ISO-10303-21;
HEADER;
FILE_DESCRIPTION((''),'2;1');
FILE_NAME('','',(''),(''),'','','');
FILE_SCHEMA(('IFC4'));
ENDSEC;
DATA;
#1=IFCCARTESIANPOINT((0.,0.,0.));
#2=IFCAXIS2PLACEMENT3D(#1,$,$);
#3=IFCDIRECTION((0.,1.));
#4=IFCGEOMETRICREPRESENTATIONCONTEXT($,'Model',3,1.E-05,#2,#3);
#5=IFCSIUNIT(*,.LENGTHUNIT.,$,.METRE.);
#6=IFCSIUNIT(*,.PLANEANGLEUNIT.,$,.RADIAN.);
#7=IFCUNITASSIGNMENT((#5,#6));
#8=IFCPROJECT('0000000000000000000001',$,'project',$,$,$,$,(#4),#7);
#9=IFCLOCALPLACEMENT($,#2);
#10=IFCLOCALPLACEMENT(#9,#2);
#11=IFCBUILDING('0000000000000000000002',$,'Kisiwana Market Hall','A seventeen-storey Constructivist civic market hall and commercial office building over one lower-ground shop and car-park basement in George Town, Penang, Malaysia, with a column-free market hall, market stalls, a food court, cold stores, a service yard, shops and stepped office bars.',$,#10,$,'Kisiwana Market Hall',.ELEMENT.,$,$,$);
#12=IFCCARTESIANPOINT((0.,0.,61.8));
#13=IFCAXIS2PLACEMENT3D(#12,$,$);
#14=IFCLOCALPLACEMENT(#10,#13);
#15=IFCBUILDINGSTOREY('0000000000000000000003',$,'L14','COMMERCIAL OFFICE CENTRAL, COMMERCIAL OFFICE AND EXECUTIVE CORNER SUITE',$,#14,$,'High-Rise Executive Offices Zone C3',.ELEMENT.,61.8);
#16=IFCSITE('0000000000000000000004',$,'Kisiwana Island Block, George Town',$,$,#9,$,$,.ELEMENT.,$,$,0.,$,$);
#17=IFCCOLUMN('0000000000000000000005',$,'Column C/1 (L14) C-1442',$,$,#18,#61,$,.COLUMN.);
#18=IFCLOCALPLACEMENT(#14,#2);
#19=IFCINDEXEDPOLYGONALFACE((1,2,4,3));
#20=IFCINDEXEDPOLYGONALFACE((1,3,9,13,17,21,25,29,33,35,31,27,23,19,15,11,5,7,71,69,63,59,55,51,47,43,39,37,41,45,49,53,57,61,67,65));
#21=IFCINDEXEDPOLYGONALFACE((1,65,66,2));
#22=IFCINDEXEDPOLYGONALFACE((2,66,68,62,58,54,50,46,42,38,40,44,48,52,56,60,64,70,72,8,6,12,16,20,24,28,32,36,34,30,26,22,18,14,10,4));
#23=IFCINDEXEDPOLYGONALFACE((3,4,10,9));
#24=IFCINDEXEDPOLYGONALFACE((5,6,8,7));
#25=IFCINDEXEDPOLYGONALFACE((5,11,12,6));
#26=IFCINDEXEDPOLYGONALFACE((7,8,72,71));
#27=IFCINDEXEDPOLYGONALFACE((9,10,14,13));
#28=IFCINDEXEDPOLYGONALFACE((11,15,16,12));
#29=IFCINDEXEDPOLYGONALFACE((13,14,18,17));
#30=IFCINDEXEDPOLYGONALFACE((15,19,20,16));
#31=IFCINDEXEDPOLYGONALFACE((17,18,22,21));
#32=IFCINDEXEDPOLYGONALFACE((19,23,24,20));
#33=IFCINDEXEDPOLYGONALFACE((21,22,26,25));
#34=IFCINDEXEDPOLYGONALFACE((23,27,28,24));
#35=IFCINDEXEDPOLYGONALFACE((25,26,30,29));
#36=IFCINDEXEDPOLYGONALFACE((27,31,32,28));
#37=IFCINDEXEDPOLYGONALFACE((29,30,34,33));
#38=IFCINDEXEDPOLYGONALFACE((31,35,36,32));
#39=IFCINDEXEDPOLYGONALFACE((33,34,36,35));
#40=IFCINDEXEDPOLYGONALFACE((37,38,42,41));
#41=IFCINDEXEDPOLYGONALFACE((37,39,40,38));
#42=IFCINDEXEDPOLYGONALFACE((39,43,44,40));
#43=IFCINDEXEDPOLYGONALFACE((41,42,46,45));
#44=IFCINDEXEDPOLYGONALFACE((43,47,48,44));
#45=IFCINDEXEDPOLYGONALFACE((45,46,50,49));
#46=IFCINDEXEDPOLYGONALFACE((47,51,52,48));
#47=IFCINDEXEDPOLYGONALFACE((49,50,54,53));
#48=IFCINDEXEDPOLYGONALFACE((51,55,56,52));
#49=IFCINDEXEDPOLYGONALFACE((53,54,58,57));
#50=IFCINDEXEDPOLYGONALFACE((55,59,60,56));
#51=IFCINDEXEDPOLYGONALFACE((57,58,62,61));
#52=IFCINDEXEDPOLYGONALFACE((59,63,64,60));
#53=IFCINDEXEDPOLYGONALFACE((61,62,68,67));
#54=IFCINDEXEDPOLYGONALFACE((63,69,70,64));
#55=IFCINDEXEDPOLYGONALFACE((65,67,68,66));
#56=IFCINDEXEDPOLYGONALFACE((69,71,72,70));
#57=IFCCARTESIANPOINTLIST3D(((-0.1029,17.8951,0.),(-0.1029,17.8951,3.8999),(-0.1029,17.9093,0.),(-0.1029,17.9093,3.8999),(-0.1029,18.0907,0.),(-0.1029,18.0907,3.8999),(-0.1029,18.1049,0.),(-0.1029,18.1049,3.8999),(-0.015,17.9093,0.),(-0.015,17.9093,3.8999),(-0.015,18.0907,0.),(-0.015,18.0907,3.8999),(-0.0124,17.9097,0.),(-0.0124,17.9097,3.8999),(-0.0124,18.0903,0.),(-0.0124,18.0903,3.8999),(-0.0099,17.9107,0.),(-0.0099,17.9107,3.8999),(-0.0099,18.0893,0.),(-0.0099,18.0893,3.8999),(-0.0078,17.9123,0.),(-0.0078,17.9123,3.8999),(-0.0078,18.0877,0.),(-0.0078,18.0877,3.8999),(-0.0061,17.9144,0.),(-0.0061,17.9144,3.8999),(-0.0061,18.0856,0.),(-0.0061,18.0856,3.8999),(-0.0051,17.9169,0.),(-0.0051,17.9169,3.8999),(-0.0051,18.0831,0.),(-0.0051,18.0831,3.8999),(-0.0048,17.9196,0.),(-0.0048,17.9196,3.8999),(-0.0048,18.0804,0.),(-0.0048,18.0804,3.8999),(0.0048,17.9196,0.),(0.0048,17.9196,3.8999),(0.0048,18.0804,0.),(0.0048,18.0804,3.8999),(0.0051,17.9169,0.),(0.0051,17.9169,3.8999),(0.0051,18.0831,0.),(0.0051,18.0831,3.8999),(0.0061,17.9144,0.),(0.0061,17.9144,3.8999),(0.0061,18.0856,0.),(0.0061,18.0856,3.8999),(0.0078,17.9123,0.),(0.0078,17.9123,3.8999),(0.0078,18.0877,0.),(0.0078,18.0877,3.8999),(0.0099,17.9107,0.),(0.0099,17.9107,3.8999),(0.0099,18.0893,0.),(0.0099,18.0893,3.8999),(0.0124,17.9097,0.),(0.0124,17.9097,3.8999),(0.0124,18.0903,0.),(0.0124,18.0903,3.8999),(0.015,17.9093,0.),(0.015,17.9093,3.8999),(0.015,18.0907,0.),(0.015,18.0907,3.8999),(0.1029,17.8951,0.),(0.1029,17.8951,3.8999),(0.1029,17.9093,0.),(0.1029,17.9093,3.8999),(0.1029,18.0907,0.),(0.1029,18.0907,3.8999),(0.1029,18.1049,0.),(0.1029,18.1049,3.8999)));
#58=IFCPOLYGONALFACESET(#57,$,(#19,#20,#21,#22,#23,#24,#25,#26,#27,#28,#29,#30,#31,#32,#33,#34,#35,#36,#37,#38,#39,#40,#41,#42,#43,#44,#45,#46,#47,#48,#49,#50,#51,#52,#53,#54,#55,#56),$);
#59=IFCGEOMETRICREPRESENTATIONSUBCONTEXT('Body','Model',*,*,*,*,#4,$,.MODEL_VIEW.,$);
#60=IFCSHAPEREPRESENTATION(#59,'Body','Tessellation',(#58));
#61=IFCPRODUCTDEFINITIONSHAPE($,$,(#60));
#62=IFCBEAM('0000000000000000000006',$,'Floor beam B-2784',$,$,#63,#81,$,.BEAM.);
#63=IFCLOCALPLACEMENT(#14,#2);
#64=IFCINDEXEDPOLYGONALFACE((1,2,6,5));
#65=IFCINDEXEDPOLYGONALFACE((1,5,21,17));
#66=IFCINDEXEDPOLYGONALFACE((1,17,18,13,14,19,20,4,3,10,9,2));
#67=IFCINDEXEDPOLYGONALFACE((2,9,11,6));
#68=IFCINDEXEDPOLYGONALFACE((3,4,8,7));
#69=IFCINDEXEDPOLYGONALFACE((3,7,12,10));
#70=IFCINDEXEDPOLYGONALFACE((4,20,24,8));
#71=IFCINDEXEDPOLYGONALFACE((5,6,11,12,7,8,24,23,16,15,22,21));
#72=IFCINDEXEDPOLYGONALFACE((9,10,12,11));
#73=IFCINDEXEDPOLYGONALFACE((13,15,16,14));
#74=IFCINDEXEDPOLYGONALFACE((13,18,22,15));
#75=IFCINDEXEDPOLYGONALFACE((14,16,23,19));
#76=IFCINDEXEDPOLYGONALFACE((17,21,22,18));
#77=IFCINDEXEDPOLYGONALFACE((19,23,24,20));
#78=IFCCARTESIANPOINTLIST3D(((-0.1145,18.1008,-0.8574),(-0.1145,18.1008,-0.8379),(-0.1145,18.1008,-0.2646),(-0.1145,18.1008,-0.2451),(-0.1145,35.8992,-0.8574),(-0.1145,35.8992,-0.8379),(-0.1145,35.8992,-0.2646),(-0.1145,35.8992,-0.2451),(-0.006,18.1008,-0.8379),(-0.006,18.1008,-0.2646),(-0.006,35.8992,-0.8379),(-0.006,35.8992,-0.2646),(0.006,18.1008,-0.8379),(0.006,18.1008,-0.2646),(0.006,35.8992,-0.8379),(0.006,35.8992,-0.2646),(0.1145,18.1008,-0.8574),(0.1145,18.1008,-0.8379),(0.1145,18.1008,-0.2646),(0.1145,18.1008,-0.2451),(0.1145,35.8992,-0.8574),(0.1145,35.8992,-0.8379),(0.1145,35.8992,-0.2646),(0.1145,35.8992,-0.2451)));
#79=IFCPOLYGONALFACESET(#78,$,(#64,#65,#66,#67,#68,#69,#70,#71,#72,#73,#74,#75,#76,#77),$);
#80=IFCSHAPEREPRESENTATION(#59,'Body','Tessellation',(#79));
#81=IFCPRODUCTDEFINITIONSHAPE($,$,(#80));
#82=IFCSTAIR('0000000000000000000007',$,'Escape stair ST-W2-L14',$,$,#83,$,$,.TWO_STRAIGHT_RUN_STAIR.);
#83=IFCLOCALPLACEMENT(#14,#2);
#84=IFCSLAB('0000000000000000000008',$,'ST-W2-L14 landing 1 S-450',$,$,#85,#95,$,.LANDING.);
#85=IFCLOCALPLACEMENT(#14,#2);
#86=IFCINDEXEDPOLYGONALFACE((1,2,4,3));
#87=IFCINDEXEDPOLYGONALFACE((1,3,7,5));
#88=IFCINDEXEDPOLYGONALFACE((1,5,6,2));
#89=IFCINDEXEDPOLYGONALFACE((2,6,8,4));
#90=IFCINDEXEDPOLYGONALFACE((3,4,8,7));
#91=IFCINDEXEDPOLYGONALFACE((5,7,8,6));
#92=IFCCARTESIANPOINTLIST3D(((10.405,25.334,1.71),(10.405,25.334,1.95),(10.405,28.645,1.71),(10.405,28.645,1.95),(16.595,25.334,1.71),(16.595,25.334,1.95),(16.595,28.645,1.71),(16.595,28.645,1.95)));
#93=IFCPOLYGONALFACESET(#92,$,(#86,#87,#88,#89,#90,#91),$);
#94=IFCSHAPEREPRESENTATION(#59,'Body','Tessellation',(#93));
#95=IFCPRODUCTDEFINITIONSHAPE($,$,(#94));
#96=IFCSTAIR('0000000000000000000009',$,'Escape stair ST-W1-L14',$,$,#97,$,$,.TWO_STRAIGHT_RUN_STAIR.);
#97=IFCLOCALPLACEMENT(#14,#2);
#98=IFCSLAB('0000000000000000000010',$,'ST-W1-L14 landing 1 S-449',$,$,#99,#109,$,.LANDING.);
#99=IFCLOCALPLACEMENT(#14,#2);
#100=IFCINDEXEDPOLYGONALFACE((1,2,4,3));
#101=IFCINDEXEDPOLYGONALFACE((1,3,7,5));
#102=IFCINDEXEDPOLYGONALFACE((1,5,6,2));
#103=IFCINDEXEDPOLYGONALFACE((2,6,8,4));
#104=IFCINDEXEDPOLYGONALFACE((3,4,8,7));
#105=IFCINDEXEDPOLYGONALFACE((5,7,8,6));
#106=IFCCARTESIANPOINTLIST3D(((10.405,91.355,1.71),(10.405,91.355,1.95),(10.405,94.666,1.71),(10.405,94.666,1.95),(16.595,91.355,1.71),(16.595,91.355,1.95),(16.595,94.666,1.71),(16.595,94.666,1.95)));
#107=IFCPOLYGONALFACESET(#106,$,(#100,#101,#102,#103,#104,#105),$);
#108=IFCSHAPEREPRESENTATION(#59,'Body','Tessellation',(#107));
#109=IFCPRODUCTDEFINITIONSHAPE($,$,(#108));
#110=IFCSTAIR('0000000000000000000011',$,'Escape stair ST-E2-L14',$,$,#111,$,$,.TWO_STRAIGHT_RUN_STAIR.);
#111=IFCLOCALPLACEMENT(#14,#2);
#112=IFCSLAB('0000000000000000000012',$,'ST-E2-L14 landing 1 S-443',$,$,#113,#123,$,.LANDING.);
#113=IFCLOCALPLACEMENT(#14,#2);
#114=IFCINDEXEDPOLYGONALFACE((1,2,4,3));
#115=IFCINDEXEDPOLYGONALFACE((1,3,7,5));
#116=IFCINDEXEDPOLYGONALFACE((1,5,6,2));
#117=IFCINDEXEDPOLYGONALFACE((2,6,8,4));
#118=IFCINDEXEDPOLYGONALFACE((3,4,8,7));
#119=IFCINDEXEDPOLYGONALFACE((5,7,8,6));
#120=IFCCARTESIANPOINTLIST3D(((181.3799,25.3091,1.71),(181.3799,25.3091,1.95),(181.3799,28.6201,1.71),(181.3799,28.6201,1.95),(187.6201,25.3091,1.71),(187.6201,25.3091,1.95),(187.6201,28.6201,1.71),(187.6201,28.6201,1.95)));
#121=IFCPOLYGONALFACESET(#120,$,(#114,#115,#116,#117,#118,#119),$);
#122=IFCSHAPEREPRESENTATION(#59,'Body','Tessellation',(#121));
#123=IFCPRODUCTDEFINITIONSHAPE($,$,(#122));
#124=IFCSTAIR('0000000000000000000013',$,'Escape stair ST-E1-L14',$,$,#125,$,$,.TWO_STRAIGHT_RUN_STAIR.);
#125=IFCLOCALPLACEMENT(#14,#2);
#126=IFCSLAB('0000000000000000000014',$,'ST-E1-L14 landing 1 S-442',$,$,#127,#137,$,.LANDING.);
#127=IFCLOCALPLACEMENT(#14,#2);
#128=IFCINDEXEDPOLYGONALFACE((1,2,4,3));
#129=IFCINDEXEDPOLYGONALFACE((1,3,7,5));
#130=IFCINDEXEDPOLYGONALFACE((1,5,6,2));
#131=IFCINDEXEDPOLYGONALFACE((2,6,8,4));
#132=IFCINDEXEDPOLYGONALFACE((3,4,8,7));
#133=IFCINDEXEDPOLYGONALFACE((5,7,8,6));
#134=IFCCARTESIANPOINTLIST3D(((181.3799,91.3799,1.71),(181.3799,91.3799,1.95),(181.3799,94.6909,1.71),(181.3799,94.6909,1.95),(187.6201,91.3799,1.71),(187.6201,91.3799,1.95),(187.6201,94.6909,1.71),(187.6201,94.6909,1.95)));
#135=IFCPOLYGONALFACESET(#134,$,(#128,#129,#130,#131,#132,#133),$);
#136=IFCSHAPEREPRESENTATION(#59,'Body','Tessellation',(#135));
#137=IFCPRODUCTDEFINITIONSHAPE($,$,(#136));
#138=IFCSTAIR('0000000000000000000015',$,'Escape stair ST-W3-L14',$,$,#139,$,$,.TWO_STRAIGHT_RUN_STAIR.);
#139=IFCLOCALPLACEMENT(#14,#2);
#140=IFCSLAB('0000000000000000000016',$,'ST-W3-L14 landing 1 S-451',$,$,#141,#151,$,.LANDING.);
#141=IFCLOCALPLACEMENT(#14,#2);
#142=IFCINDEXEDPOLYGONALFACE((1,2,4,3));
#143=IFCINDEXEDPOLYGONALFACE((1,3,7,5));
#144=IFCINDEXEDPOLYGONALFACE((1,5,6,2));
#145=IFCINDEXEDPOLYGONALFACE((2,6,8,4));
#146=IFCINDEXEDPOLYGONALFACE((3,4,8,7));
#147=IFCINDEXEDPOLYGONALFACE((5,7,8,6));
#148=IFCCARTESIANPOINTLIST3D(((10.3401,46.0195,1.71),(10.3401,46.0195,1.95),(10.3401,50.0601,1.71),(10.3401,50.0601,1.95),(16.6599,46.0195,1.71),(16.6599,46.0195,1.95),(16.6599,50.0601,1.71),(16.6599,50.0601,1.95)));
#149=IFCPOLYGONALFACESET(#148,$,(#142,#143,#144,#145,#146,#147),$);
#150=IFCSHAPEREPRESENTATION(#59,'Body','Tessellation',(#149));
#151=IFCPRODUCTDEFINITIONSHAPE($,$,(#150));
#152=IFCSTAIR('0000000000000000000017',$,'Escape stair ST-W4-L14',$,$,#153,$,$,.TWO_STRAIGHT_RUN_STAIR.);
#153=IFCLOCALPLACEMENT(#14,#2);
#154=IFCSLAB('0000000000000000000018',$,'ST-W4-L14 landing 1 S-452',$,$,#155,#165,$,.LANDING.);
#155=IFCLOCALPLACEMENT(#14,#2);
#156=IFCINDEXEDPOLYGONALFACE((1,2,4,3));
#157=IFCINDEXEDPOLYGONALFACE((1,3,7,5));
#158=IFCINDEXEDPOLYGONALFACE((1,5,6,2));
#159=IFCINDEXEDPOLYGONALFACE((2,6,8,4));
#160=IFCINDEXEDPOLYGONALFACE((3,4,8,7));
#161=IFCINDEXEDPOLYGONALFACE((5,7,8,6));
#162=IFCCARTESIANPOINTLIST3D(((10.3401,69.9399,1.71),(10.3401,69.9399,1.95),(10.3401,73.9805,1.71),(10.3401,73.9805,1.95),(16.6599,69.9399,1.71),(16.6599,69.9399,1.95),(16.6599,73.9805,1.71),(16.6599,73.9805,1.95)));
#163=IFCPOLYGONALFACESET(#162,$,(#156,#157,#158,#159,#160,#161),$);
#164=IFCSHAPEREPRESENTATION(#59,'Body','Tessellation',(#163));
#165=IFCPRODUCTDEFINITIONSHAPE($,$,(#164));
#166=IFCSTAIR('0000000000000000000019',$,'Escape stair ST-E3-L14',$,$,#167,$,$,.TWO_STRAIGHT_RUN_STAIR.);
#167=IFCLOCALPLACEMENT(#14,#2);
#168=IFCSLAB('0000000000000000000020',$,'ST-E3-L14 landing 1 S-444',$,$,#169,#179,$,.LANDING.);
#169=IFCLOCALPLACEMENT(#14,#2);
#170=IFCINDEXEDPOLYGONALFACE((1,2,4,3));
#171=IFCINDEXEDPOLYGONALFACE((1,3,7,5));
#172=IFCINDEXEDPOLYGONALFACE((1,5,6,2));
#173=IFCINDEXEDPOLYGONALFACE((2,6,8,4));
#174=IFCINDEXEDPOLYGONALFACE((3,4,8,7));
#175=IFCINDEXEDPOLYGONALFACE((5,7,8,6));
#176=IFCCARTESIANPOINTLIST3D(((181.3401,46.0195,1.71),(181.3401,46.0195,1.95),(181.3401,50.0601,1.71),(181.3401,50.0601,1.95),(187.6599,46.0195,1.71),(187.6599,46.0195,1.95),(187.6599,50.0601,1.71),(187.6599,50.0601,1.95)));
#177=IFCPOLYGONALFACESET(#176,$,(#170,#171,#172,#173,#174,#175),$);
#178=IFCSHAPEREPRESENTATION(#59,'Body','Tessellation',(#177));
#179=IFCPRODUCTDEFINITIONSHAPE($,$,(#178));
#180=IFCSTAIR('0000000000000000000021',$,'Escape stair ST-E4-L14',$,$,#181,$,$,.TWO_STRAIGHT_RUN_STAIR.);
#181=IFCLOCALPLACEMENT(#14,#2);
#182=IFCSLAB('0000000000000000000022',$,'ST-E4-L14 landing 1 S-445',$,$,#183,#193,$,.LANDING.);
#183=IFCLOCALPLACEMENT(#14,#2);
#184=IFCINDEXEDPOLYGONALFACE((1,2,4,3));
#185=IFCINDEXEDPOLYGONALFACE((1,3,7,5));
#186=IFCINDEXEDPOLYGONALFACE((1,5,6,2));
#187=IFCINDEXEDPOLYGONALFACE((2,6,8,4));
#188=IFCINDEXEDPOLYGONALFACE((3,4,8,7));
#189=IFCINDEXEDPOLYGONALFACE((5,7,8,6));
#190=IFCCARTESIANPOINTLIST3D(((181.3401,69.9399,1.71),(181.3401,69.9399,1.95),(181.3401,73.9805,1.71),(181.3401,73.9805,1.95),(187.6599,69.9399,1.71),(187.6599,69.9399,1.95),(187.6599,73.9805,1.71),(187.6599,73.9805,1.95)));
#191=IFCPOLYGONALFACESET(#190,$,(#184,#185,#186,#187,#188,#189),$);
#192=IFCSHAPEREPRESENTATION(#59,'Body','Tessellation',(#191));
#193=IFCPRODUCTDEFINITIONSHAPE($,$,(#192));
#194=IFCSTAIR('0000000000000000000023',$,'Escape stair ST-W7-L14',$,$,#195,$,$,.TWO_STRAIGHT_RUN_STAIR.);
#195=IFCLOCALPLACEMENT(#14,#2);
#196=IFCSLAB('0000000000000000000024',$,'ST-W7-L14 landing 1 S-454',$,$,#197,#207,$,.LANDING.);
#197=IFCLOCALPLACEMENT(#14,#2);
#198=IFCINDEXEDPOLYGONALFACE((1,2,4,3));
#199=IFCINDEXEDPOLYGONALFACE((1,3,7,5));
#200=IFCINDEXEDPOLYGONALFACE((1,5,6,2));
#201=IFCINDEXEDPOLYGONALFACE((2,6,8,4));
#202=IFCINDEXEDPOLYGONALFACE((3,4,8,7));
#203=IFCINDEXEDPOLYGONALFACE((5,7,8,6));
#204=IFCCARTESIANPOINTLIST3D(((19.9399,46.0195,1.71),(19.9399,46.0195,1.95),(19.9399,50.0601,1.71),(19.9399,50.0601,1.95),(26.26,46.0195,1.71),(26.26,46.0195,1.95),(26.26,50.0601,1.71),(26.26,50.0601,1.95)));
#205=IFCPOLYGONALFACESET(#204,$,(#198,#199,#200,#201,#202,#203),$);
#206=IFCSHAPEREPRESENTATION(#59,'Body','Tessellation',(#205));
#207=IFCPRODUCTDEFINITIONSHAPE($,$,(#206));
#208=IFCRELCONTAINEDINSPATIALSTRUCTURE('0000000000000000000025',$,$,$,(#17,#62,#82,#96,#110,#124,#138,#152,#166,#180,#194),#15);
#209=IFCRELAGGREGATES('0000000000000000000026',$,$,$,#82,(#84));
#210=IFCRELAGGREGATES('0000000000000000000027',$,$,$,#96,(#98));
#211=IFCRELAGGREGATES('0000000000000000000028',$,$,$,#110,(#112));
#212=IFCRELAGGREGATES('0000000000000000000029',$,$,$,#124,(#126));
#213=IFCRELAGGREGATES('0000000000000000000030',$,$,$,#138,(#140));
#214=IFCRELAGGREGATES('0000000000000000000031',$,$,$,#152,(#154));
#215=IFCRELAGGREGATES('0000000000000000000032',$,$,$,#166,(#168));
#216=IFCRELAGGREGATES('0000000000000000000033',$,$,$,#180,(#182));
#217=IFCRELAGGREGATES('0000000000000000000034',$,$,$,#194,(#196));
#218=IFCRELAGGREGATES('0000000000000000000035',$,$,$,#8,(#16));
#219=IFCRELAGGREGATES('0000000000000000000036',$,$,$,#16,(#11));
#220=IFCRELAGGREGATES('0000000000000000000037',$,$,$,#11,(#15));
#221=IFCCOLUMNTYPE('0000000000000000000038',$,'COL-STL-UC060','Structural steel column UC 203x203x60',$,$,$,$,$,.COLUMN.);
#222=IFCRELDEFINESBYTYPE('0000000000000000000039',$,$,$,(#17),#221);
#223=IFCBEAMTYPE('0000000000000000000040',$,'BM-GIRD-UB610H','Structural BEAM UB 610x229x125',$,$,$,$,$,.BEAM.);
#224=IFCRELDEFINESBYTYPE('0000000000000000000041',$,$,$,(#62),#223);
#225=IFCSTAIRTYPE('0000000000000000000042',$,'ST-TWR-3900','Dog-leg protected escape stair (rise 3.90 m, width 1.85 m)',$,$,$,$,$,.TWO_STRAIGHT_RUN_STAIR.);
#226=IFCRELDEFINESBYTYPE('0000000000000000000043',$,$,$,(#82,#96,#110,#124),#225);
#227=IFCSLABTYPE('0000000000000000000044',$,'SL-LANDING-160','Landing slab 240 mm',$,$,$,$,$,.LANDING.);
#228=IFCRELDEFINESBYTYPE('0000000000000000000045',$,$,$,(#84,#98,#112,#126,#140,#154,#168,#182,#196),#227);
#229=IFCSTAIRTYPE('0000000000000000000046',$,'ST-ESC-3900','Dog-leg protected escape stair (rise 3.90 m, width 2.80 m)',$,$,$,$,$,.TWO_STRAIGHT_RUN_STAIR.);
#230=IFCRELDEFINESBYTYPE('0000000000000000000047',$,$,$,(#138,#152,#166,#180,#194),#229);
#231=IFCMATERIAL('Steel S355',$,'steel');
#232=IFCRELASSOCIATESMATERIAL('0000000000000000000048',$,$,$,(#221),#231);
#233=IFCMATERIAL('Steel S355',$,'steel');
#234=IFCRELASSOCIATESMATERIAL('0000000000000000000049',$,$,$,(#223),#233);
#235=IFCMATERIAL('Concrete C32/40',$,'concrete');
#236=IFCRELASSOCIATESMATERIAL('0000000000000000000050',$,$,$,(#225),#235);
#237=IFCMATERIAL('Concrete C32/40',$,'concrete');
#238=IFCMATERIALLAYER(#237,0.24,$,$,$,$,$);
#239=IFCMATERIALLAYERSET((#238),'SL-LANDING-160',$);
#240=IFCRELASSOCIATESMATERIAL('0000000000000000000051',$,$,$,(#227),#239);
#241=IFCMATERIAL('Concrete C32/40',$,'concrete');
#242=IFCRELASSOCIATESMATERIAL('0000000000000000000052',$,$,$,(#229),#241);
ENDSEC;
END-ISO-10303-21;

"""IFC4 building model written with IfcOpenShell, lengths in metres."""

from ifc_helpers import new_model, si_unit, direction, frame, origin, origin_2d, place, context, subcontext, project, spatial, polyline, i_section, outline, extrude, material, layer, layer_set, material_profile, profile_set, type_object, element, aggregate, save


model = new_model("IFC4")

# Units and contexts
model_context = context("Model", 3, precision=1e-05, world=origin(), true_north=direction((0.0, 1.0)))
body_context = subcontext(model_context, "Body", "Model", "MODEL_VIEW")
ifc_project = project(units=[si_unit("LENGTHUNIT", "METRE"), si_unit("PLANEANGLEUNIT", "RADIAN")], contexts=[model_context])

# Site, building, storey
site_placement = place(None, origin())
site = spatial("IfcSite", under=ifc_project, at=site_placement, Name="Kisiwana Island Block, George Town", CompositionType="ELEMENT", RefElevation=0.0)
building_placement = place(site_placement, origin())
building = spatial("IfcBuilding", under=site, at=building_placement, Name="Kisiwana Market Hall", Description="A seventeen-storey Constructivist civic market hall and commercial office building over one lower-ground shop and car-park basement in George Town, Penang, Malaysia, with a column-free market hall, market stalls, a food court, cold stores, a service yard, shops and stepped office bars.", LongName="Kisiwana Market Hall", CompositionType="ELEMENT")
storey_placement = place(building_placement, frame((0.0, 0.0, 61.8)))
storey = spatial("IfcBuildingStorey", under=building, at=storey_placement, Name="L14", Description="COMMERCIAL OFFICE CENTRAL, COMMERCIAL OFFICE AND EXECUTIVE CORNER SUITE", LongName="High-Rise Executive Offices Zone C3", CompositionType="ELEMENT", Elevation=61.8)

# Column
ifc_material_1 = material(Name="Steel S355", Category="steel")
ifc_material_profile_1 = material_profile(ifc_material_1, i_section(OverallWidth=0.2058, OverallDepth=0.2097, WebThickness=0.0095, FlangeThickness=0.0142, FilletRadius=0.0103, at=origin_2d()), Name="UC 203x203x60")
ifc_profile_set_1 = profile_set([ifc_material_profile_1], Name="Steel S355")
column_type = type_object("IfcColumnType", Name="COL-STL-UC060", Description="Structural steel column UC 203x203x60", PredefinedType="COLUMN", material=ifc_profile_set_1)
column_placement = place(storey_placement, frame((0.0, 18.0, 0.0), z_axis=(0.0, 0.0, 1.0), x_axis=(1.0, 0.0, 0.0)))
element("IfcColumn", 1, at=column_placement, inside=storey, type_object=column_type, Name="Column C/1 (L14) C-1442", PredefinedType="COLUMN", context=body_context, shape_type="SweptSolid", body=[
    extrude(i_section(OverallWidth=0.2058, OverallDepth=0.2097, WebThickness=0.0095, FlangeThickness=0.0142, FilletRadius=0.0103, at=origin_2d()), origin(), (0.0, 0.0, 1.0), 3.8999),
])

# Beam
ifc_material_2 = material(Name="Steel S355", Category="steel")
ifc_material_profile_2 = material_profile(ifc_material_2, i_section(OverallWidth=0.229, OverallDepth=0.6123, WebThickness=0.012, FlangeThickness=0.0195, at=origin_2d()), Name="UB 610x229x125")
ifc_profile_set_2 = profile_set([ifc_material_profile_2], Name="Steel S355")
beam_type = type_object("IfcBeamType", Name="BM-GIRD-UB610H", Description="Structural BEAM UB 610x229x125", PredefinedType="BEAM", material=ifc_profile_set_2)
beam_placement = place(storey_placement, frame((0.0, 18.1008, -0.5513), z_axis=(0.0, 1.0, 0.0), x_axis=(-1.0, 0.0, 0.0)))
element("IfcBeam", 2, at=beam_placement, inside=storey, type_object=beam_type, Name="Floor beam B-2784", PredefinedType="BEAM", context=body_context, shape_type="SweptSolid", body=[
    extrude(i_section(OverallWidth=0.229, OverallDepth=0.6123, WebThickness=0.012, FlangeThickness=0.0195, at=origin_2d()), origin(), (0.0, 0.0, 1.0), 17.7983),
])

# Stairs, slabs
ifc_material_3 = material(Name="Concrete C32/40", Category="concrete")
stair_type_1 = type_object("IfcStairType", Name="ST-TWR-3900", Description="Dog-leg protected escape stair (rise 3.90 m, width 1.85 m)", PredefinedType="TWO_STRAIGHT_RUN_STAIR", material=ifc_material_3)
stair_1_placement = place(storey_placement, origin())
stair_1 = element("IfcStair", 3, at=stair_1_placement, inside=storey, type_object=stair_type_1, Name="Escape stair ST-W2-L14", PredefinedType="TWO_STRAIGHT_RUN_STAIR")
ifc_material_4 = material(Name="Concrete C32/40", Category="concrete")
ifc_layer_1 = layer(ifc_material_4, 0.24)
ifc_layer_set_1 = layer_set([ifc_layer_1], Name="SL-LANDING-160")
slab_type_1 = type_object("IfcSlabType", Name="SL-LANDING-160", Description="Landing slab 240 mm", PredefinedType="LANDING", material=ifc_layer_set_1)
slab_1_placement = place(storey_placement, frame((0.0, 0.0, 1.71)))
slab_1 = element("IfcSlab", 4, at=slab_1_placement, type_object=slab_type_1, Name="ST-W2-L14 landing 1 S-450", PredefinedType="LANDING", context=body_context, shape_type="SweptSolid", body=[
    extrude(outline(polyline([(10.405, 25.334), (16.595, 25.334), (16.595, 28.645), (10.405, 28.645), (10.405, 25.334)])), origin(), (0.0, 0.0, 1.0), 0.24),
])
aggregate(stair_1, [slab_1])
stair_2_placement = place(storey_placement, origin())
stair_2 = element("IfcStair", 5, at=stair_2_placement, inside=storey, type_object=stair_type_1, Name="Escape stair ST-W1-L14", PredefinedType="TWO_STRAIGHT_RUN_STAIR")
slab_2_placement = place(storey_placement, frame((0.0, 0.0, 1.71)))
slab_2 = element("IfcSlab", 6, at=slab_2_placement, type_object=slab_type_1, Name="ST-W1-L14 landing 1 S-449", PredefinedType="LANDING", context=body_context, shape_type="SweptSolid", body=[
    extrude(outline(polyline([(10.405, 91.355), (16.595, 91.355), (16.595, 94.666), (10.405, 94.666), (10.405, 91.355)])), origin(), (0.0, 0.0, 1.0), 0.24),
])
aggregate(stair_2, [slab_2])
stair_3_placement = place(storey_placement, origin())
stair_3 = element("IfcStair", 7, at=stair_3_placement, inside=storey, type_object=stair_type_1, Name="Escape stair ST-E2-L14", PredefinedType="TWO_STRAIGHT_RUN_STAIR")
slab_3_placement = place(storey_placement, frame((0.0, 0.0, 1.71)))
slab_3 = element("IfcSlab", 8, at=slab_3_placement, type_object=slab_type_1, Name="ST-E2-L14 landing 1 S-443", PredefinedType="LANDING", context=body_context, shape_type="SweptSolid", body=[
    extrude(outline(polyline([(181.3799, 25.3091), (187.6201, 25.3091), (187.6201, 28.6201), (181.3799, 28.6201), (181.3799, 25.3091)])), origin(), (0.0, 0.0, 1.0), 0.24),
])
aggregate(stair_3, [slab_3])
stair_4_placement = place(storey_placement, origin())
stair_4 = element("IfcStair", 9, at=stair_4_placement, inside=storey, type_object=stair_type_1, Name="Escape stair ST-E1-L14", PredefinedType="TWO_STRAIGHT_RUN_STAIR")
slab_4_placement = place(storey_placement, frame((0.0, 0.0, 1.71)))
slab_4 = element("IfcSlab", 10, at=slab_4_placement, type_object=slab_type_1, Name="ST-E1-L14 landing 1 S-442", PredefinedType="LANDING", context=body_context, shape_type="SweptSolid", body=[
    extrude(outline(polyline([(181.3799, 91.3799), (187.6201, 91.3799), (187.6201, 94.6909), (181.3799, 94.6909), (181.3799, 91.3799)])), origin(), (0.0, 0.0, 1.0), 0.24),
])
aggregate(stair_4, [slab_4])
ifc_material_5 = material(Name="Concrete C32/40", Category="concrete")
stair_type_2 = type_object("IfcStairType", Name="ST-ESC-3900", Description="Dog-leg protected escape stair (rise 3.90 m, width 2.80 m)", PredefinedType="TWO_STRAIGHT_RUN_STAIR", material=ifc_material_5)
stair_5_placement = place(storey_placement, origin())
stair_5 = element("IfcStair", 11, at=stair_5_placement, inside=storey, type_object=stair_type_2, Name="Escape stair ST-W3-L14", PredefinedType="TWO_STRAIGHT_RUN_STAIR")
slab_5_placement = place(storey_placement, frame((0.0, 0.0, 1.71)))
slab_5 = element("IfcSlab", 12, at=slab_5_placement, type_object=slab_type_1, Name="ST-W3-L14 landing 1 S-451", PredefinedType="LANDING", context=body_context, shape_type="SweptSolid", body=[
    extrude(outline(polyline([(10.3401, 46.0195), (16.6599, 46.0195), (16.6599, 50.0601), (10.3401, 50.0601), (10.3401, 46.0195)])), origin(), (0.0, 0.0, 1.0), 0.24),
])
aggregate(stair_5, [slab_5])
stair_6_placement = place(storey_placement, origin())
stair_6 = element("IfcStair", 13, at=stair_6_placement, inside=storey, type_object=stair_type_2, Name="Escape stair ST-W4-L14", PredefinedType="TWO_STRAIGHT_RUN_STAIR")
slab_6_placement = place(storey_placement, frame((0.0, 0.0, 1.71)))
slab_6 = element("IfcSlab", 14, at=slab_6_placement, type_object=slab_type_1, Name="ST-W4-L14 landing 1 S-452", PredefinedType="LANDING", context=body_context, shape_type="SweptSolid", body=[
    extrude(outline(polyline([(10.3401, 69.9399), (16.6599, 69.9399), (16.6599, 73.9805), (10.3401, 73.9805), (10.3401, 69.9399)])), origin(), (0.0, 0.0, 1.0), 0.24),
])
aggregate(stair_6, [slab_6])
stair_7_placement = place(storey_placement, origin())
stair_7 = element("IfcStair", 15, at=stair_7_placement, inside=storey, type_object=stair_type_2, Name="Escape stair ST-E3-L14", PredefinedType="TWO_STRAIGHT_RUN_STAIR")
slab_7_placement = place(storey_placement, frame((0.0, 0.0, 1.71)))
slab_7 = element("IfcSlab", 16, at=slab_7_placement, type_object=slab_type_1, Name="ST-E3-L14 landing 1 S-444", PredefinedType="LANDING", context=body_context, shape_type="SweptSolid", body=[
    extrude(outline(polyline([(181.3401, 46.0195), (187.6599, 46.0195), (187.6599, 50.0601), (181.3401, 50.0601), (181.3401, 46.0195)])), origin(), (0.0, 0.0, 1.0), 0.24),
])
aggregate(stair_7, [slab_7])
stair_8_placement = place(storey_placement, origin())
stair_8 = element("IfcStair", 17, at=stair_8_placement, inside=storey, type_object=stair_type_2, Name="Escape stair ST-E4-L14", PredefinedType="TWO_STRAIGHT_RUN_STAIR")
slab_8_placement = place(storey_placement, frame((0.0, 0.0, 1.71)))
slab_8 = element("IfcSlab", 18, at=slab_8_placement, type_object=slab_type_1, Name="ST-E4-L14 landing 1 S-445", PredefinedType="LANDING", context=body_context, shape_type="SweptSolid", body=[
    extrude(outline(polyline([(181.3401, 69.9399), (187.6599, 69.9399), (187.6599, 73.9805), (181.3401, 73.9805), (181.3401, 69.9399)])), origin(), (0.0, 0.0, 1.0), 0.24),
])
aggregate(stair_8, [slab_8])
stair_9_placement = place(storey_placement, origin())
stair_9 = element("IfcStair", 19, at=stair_9_placement, inside=storey, type_object=stair_type_2, Name="Escape stair ST-W7-L14", PredefinedType="TWO_STRAIGHT_RUN_STAIR")
slab_9_placement = place(storey_placement, frame((0.0, 0.0, 1.71)))
slab_9 = element("IfcSlab", 20, at=slab_9_placement, type_object=slab_type_1, Name="ST-W7-L14 landing 1 S-454", PredefinedType="LANDING", context=body_context, shape_type="SweptSolid", body=[
    extrude(outline(polyline([(19.9399, 46.0195), (26.26, 46.0195), (26.26, 50.0601), (19.9399, 50.0601), (19.9399, 46.0195)])), origin(), (0.0, 0.0, 1.0), 0.24),
])
aggregate(stair_9, [slab_9])

save(model, "model.ifc")
